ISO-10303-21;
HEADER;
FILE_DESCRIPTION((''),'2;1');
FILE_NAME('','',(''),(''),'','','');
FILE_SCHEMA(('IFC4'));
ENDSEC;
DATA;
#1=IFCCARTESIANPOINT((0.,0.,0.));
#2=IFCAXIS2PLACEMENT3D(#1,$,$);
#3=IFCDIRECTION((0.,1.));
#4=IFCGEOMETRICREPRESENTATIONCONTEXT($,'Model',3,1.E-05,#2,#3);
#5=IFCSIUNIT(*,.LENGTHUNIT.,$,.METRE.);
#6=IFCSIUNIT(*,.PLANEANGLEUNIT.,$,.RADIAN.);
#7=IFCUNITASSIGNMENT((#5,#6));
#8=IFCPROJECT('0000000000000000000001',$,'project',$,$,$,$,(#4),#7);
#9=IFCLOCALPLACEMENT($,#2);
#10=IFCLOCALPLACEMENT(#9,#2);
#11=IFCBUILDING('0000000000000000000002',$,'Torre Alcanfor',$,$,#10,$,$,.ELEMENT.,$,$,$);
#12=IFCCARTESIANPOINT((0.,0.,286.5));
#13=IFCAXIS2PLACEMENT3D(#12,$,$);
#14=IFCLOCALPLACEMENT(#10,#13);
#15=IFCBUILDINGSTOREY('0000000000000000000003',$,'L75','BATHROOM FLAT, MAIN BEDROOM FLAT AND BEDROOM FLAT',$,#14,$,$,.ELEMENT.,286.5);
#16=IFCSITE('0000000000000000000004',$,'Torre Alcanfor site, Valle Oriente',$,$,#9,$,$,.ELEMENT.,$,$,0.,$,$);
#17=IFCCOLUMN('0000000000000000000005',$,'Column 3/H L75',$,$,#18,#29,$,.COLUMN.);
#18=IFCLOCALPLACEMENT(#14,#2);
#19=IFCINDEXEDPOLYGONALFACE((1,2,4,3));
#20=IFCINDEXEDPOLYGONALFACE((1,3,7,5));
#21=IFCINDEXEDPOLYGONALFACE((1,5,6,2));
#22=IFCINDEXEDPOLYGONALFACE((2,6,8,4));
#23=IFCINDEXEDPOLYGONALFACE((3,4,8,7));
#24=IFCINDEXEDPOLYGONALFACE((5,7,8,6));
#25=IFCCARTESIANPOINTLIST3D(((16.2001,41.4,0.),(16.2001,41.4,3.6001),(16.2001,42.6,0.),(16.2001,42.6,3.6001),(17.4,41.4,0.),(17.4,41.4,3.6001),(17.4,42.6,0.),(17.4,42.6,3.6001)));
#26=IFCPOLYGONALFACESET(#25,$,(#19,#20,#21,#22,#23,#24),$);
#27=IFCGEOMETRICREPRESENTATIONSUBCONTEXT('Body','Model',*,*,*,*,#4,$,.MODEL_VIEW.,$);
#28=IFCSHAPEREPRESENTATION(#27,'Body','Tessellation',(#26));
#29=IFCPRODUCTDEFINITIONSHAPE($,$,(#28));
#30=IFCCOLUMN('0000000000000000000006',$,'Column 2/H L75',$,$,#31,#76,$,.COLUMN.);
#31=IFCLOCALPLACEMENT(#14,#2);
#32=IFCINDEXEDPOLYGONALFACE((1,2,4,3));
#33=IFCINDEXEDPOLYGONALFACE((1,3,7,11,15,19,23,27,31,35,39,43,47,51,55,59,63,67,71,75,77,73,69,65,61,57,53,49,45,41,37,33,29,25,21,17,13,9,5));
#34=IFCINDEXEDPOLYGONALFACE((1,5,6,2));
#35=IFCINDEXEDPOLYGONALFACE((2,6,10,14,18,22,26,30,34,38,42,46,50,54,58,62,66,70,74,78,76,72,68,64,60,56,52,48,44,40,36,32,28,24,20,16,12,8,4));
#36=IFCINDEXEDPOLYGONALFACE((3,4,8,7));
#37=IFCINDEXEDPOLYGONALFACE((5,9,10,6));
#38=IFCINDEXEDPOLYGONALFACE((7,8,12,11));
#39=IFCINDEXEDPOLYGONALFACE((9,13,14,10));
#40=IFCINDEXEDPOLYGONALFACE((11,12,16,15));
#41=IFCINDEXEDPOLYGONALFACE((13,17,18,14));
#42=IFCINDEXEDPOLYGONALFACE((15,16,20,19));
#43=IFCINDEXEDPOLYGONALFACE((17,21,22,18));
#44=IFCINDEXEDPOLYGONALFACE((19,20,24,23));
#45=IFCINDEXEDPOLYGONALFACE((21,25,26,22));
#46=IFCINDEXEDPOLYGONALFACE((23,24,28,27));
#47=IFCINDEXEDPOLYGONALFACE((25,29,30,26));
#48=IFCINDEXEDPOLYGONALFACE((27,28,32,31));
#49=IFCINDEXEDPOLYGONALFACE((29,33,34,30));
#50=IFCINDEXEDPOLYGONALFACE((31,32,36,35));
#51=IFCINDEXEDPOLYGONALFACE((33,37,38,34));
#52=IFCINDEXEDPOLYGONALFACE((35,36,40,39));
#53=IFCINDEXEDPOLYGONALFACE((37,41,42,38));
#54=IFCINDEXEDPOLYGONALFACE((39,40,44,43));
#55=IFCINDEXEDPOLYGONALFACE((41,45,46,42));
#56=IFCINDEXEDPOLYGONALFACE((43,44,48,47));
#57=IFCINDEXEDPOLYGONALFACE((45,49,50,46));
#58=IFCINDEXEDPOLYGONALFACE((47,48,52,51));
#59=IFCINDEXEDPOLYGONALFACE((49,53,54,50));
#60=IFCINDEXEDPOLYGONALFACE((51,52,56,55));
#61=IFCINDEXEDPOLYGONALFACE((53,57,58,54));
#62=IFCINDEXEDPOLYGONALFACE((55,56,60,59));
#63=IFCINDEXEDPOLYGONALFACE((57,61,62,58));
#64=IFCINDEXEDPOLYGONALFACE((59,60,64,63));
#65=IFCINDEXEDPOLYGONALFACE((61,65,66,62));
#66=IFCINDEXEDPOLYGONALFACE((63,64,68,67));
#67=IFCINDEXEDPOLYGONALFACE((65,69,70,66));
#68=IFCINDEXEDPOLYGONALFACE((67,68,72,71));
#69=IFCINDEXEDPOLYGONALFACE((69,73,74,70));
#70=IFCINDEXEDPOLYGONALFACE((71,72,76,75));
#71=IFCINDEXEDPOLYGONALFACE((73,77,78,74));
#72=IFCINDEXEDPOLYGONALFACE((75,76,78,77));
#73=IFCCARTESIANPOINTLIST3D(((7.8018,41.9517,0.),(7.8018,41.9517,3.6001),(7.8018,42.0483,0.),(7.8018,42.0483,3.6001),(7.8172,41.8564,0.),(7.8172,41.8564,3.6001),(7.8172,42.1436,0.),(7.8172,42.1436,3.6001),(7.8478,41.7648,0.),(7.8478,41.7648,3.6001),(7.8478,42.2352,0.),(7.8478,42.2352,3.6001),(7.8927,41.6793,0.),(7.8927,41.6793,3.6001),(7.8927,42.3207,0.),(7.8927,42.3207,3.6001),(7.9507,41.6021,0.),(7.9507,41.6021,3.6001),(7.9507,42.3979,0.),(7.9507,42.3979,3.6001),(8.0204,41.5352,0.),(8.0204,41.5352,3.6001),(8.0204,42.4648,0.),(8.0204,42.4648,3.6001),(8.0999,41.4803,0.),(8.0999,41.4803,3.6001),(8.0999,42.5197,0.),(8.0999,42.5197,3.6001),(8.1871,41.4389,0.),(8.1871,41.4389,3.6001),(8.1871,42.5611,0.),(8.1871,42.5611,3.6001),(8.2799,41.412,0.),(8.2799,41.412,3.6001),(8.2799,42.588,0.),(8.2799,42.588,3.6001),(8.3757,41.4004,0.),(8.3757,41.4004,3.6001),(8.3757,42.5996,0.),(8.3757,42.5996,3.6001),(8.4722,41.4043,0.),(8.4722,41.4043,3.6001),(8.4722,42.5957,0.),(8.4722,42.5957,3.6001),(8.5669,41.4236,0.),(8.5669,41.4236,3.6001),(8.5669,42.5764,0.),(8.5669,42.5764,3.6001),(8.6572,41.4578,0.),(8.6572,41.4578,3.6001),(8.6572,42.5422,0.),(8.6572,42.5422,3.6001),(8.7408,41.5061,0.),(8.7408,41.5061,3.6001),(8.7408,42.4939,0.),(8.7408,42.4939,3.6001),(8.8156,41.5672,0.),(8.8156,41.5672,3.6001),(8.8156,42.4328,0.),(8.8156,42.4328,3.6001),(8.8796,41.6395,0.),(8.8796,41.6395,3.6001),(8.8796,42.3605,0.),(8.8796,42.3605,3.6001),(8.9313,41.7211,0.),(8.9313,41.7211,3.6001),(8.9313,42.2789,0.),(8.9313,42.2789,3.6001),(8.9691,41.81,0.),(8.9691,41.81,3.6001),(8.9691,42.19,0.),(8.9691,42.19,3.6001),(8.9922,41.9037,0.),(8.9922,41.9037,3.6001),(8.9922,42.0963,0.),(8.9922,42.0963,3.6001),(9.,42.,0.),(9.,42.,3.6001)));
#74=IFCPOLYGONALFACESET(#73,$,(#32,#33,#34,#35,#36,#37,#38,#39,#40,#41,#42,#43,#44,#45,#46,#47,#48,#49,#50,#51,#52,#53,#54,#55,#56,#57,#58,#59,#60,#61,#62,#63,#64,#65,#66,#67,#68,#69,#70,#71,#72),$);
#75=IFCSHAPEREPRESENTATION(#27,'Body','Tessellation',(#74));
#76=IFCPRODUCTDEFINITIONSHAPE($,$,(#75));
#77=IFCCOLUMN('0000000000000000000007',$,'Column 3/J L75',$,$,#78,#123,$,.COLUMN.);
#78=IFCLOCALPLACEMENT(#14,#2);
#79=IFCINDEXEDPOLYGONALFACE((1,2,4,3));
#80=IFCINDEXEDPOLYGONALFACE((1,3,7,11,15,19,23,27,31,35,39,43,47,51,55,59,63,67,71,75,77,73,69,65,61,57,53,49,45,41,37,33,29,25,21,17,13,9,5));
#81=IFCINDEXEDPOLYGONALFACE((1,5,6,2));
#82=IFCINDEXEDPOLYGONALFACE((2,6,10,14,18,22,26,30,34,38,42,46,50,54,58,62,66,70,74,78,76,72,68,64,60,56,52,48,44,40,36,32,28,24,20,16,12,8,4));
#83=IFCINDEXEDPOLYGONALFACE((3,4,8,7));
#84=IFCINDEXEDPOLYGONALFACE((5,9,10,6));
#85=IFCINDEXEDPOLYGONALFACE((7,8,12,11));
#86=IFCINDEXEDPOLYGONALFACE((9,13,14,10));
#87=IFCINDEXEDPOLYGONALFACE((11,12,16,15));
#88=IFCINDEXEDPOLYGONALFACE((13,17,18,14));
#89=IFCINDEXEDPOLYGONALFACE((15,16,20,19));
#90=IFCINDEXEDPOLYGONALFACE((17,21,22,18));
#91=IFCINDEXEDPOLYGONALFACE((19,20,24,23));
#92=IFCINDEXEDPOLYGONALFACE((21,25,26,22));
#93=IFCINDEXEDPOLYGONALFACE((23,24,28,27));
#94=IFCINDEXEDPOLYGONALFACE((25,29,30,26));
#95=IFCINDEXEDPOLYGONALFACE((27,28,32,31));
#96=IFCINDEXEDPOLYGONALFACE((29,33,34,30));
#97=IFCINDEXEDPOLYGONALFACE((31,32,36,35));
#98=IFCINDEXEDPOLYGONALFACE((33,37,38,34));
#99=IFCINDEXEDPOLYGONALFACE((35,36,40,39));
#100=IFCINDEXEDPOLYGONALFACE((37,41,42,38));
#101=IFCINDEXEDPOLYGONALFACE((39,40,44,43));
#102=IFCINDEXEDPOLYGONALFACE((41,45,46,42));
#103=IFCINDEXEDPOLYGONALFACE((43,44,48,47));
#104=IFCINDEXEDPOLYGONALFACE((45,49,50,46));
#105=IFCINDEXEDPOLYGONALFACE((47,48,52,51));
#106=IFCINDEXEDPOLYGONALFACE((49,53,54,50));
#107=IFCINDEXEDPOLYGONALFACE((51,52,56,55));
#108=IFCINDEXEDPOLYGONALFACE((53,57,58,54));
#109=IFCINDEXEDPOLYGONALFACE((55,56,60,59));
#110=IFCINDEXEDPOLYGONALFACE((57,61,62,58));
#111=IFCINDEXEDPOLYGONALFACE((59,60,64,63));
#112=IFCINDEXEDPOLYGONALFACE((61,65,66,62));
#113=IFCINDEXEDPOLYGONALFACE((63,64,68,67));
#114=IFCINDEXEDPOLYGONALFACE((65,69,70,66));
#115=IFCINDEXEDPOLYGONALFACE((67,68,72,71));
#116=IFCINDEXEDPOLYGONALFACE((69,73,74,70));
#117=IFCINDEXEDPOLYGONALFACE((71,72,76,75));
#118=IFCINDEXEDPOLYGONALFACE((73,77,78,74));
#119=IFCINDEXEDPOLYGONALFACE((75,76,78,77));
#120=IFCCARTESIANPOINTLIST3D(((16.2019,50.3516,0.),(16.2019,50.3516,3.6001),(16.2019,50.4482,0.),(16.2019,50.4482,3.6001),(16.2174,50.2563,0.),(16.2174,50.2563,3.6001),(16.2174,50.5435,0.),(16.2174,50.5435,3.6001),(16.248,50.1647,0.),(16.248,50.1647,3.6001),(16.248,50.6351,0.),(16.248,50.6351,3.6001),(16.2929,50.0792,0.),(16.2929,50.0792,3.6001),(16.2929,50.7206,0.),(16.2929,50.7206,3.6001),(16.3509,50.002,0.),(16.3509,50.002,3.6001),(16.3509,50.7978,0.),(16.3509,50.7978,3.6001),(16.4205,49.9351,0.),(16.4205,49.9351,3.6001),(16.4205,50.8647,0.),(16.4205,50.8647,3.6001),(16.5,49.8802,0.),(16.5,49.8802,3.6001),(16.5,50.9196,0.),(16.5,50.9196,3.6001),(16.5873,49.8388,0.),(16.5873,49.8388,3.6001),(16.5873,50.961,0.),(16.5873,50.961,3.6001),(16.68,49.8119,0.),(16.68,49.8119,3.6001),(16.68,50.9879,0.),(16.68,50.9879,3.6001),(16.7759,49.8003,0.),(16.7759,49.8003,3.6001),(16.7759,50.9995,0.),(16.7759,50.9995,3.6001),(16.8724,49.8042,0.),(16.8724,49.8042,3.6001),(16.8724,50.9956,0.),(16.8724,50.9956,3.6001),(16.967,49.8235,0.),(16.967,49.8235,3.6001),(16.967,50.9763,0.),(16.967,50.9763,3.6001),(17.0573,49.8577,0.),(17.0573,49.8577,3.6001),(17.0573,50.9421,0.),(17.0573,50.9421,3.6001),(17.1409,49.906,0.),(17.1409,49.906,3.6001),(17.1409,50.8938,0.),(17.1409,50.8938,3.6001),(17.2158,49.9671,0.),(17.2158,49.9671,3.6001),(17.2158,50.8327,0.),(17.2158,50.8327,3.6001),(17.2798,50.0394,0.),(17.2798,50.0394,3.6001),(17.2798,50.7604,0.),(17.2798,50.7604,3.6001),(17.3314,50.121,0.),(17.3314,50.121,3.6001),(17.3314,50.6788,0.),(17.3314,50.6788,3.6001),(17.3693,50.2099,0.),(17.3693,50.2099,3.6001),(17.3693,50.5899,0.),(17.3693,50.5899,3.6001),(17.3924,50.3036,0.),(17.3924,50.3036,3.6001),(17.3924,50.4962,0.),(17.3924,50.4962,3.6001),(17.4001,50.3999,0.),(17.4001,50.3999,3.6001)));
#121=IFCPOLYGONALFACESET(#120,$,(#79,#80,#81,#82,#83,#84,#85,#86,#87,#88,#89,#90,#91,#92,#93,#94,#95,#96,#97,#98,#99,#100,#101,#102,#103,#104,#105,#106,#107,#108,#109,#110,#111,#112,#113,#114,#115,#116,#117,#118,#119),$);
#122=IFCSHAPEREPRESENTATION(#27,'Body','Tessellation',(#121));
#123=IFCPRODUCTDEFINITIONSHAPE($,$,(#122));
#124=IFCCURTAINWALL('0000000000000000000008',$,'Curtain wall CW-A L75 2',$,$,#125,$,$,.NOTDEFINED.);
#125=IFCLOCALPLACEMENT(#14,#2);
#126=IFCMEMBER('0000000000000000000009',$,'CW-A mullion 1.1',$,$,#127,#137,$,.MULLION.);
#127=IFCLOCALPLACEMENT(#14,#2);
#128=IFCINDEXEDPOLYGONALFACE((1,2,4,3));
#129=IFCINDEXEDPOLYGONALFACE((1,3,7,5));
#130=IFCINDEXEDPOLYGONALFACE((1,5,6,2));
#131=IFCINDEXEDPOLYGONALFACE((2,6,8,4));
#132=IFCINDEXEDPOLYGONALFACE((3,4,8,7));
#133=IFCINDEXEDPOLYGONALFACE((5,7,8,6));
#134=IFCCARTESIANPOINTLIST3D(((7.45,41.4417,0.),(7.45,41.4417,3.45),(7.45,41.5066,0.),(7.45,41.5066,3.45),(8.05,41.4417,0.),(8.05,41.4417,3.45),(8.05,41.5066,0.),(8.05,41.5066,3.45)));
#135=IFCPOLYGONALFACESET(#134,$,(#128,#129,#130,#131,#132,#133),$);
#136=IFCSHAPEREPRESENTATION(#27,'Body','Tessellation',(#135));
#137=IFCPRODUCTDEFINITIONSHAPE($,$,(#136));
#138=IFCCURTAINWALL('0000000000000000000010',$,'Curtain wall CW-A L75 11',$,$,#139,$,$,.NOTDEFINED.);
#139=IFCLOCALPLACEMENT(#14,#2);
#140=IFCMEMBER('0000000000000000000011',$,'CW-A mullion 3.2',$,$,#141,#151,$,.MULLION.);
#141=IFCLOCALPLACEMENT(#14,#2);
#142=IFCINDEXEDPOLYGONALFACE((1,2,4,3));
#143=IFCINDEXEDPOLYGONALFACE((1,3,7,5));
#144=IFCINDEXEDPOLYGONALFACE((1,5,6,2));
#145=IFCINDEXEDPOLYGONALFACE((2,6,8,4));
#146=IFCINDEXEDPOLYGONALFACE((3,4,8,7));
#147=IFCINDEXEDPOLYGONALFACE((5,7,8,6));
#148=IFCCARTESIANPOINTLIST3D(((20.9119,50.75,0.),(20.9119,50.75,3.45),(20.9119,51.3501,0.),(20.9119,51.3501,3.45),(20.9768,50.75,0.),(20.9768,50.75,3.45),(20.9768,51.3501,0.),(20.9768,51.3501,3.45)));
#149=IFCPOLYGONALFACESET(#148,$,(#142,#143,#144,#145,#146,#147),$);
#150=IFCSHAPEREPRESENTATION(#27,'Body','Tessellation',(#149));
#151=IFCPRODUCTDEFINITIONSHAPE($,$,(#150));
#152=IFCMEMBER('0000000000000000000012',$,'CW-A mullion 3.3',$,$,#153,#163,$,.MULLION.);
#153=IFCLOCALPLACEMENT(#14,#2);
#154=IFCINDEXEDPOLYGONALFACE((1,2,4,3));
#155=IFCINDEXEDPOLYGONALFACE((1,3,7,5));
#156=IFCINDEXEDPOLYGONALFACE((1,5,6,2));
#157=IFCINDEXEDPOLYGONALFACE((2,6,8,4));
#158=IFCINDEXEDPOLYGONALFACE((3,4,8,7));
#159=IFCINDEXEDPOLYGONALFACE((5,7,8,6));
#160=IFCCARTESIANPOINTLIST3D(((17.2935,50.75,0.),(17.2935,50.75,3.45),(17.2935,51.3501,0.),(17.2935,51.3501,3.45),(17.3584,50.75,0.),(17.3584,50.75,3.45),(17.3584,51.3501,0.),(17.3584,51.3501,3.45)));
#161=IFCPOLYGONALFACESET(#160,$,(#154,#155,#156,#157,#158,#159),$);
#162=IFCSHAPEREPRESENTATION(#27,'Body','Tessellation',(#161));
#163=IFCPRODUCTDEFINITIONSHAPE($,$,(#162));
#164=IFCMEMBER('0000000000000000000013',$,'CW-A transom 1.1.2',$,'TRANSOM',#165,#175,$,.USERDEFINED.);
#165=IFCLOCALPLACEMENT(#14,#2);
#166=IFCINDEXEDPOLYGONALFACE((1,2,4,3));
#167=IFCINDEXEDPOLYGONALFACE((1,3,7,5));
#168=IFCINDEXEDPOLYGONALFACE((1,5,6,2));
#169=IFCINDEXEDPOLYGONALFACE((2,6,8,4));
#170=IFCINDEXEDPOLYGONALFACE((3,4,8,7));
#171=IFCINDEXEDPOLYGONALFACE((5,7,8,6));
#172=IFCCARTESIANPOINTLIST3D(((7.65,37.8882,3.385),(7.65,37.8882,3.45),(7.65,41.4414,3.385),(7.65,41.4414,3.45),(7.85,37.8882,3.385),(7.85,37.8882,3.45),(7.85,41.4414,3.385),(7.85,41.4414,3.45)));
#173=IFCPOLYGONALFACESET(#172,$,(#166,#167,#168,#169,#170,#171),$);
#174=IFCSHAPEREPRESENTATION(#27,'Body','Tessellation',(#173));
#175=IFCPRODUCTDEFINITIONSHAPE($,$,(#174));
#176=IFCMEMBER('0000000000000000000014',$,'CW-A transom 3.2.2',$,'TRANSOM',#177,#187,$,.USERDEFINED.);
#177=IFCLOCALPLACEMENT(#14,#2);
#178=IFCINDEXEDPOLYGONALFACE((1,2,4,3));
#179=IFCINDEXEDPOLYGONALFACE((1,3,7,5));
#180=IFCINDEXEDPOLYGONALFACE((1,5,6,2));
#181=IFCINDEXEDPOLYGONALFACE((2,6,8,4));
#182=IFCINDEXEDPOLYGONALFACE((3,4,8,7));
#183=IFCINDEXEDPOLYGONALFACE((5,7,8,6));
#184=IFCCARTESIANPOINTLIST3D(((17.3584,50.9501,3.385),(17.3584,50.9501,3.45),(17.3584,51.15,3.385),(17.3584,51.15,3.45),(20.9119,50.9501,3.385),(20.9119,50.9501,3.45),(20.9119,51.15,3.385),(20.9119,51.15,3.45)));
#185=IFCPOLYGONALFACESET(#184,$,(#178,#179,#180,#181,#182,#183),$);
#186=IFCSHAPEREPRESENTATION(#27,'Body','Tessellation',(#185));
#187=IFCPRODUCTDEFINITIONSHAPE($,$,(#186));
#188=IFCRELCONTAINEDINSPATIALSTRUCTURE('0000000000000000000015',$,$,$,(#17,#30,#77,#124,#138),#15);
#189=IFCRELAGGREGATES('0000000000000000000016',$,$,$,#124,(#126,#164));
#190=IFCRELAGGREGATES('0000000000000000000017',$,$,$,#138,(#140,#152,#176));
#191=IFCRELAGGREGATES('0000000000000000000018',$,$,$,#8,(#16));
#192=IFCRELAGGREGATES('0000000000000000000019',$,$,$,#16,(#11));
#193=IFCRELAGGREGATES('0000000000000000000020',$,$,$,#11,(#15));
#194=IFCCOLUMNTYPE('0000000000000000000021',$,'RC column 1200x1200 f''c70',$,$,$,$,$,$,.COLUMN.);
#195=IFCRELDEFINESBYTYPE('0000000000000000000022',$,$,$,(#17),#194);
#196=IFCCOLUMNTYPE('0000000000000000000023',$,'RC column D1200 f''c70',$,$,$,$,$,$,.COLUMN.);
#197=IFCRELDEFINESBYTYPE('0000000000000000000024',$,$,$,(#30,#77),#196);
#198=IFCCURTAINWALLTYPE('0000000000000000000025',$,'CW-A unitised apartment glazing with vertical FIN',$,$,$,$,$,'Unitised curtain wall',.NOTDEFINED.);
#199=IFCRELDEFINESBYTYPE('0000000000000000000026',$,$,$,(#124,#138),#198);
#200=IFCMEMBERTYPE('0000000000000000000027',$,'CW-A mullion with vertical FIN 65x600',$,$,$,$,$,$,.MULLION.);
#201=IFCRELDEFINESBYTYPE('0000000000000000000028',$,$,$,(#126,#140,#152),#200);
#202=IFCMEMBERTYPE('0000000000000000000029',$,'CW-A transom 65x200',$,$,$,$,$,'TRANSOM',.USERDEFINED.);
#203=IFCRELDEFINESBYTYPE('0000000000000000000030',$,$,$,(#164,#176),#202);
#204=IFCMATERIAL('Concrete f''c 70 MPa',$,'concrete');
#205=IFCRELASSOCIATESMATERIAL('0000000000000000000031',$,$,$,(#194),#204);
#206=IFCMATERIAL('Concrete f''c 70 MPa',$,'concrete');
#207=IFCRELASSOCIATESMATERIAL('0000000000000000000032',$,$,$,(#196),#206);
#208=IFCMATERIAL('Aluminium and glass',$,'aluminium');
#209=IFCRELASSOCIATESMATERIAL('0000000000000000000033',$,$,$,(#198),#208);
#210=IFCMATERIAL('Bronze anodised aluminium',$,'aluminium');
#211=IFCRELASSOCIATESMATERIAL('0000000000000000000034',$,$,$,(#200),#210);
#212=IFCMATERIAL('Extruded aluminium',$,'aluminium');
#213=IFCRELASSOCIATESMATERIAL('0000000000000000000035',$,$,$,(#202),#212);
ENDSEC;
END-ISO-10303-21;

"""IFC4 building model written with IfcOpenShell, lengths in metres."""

from ifc_helpers import new_model, si_unit, direction, frame, origin, origin_2d, place, context, subcontext, project, spatial, rectangle, circle, extrude, material, material_profile, profile_set, type_object, element, aggregate, save


model = new_model("IFC4")

# Units and contexts
model_context = context("Model", 3, precision=1e-05, world=origin(), true_north=direction((0.0, 1.0)))
body_context = subcontext(model_context, "Body", "Model", "MODEL_VIEW")
ifc_project = project(units=[si_unit("LENGTHUNIT", "METRE"), si_unit("PLANEANGLEUNIT", "RADIAN")], contexts=[model_context])

# Site, building, storey
site_placement = place(None, origin())
site = spatial("IfcSite", under=ifc_project, at=site_placement, Name="Torre Alcanfor site, Valle Oriente", CompositionType="ELEMENT", RefElevation=0.0)
building_placement = place(site_placement, origin())
building = spatial("IfcBuilding", under=site, at=building_placement, Name="Torre Alcanfor", CompositionType="ELEMENT")
storey_placement = place(building_placement, frame((0.0, 0.0, 286.5)))
storey = spatial("IfcBuildingStorey", under=building, at=storey_placement, Name="L75", Description="BATHROOM FLAT, MAIN BEDROOM FLAT AND BEDROOM FLAT", CompositionType="ELEMENT", Elevation=286.5)

# Columns
ifc_material_1 = material(Name="Concrete f'c 70 MPa", Category="concrete")
ifc_material_profile_1 = material_profile(ifc_material_1, rectangle(XDim=1.2, YDim=1.2, at=origin_2d()), Name="1200x1200")
ifc_profile_set_1 = profile_set([ifc_material_profile_1], Name="Concrete f'c 70 MPa")
column_type_1 = type_object("IfcColumnType", Name="RC column 1200x1200 f'c70", PredefinedType="COLUMN", material=ifc_profile_set_1)
column_placement = place(storey_placement, frame((16.8, 42.0, 0.0), z_axis=(0.0, 0.0, 1.0), x_axis=(1.0, 0.0, 0.0)))
element("IfcColumn", 1, at=column_placement, inside=storey, type_object=column_type_1, Name="Column 3/H L75", PredefinedType="COLUMN", context=body_context, shape_type="SweptSolid", body=[
    extrude(rectangle(XDim=1.2, YDim=1.2, at=origin_2d()), origin(), (0.0, 0.0, 1.0), 3.6001),
])
ifc_material_2 = material(Name="Concrete f'c 70 MPa", Category="concrete")
ifc_material_profile_2 = material_profile(ifc_material_2, circle(Radius=0.6001, at=origin_2d()), Name="D1200")
ifc_profile_set_2 = profile_set([ifc_material_profile_2], Name="Concrete f'c 70 MPa")
column_type_2 = type_object("IfcColumnType", Name="RC column D1200 f'c70", PredefinedType="COLUMN", material=ifc_profile_set_2)
for number, where, z_axis, x_axis, name in (
    (2, (8.3999, 42.0, 0.0), (0.0, 0.0, 1.0), (1.0, 0.0, 0.0), "Column 2/H L75"),
    (3, (16.8, 50.3999, 0.0), (0.0, 0.0, 1.0), (1.0, 0.0, 0.0), "Column 3/J L75"),
):
    element("IfcColumn", number, at=place(storey_placement, frame(where, z_axis=z_axis, x_axis=x_axis)), inside=storey, type_object=column_type_2, Name=name, PredefinedType="COLUMN", context=body_context, shape_type="SweptSolid", body=[
        extrude(circle(Radius=0.6001, at=origin_2d()), origin(), (0.0, 0.0, 1.0), 3.6001),
    ])

# Curtain wall, member
ifc_material_3 = material(Name="Aluminium and glass", Category="aluminium")
curtain_wall_type = type_object("IfcCurtainWallType", Name="CW-A unitised apartment glazing with vertical FIN", ElementType="Unitised curtain wall", PredefinedType="NOTDEFINED", material=ifc_material_3)
curtain_wall_1_placement = place(storey_placement, origin())
curtain_wall_1 = element("IfcCurtainWall", 4, at=curtain_wall_1_placement, inside=storey, type_object=curtain_wall_type, Name="Curtain wall CW-A L75 2", PredefinedType="NOTDEFINED")
ifc_material_4 = material(Name="Bronze anodised aluminium", Category="aluminium")
ifc_material_profile_3 = material_profile(ifc_material_4, rectangle(XDim=0.6001, YDim=0.0649, at=origin_2d()), Name="CW-A mullion 65x600")
ifc_profile_set_3 = profile_set([ifc_material_profile_3], Name="Bronze anodised aluminium")
member_type_1 = type_object("IfcMemberType", Name="CW-A mullion with vertical FIN 65x600", PredefinedType="MULLION", material=ifc_profile_set_3)
member_1_placement = place(storey_placement, frame((7.75, 41.4741, 0.0), z_axis=(0.0, 0.0, 1.0), x_axis=(1.0, 0.0, 0.0)))
member_1 = element("IfcMember", 5, at=member_1_placement, type_object=member_type_1, Name="CW-A mullion 1.1", PredefinedType="MULLION", context=body_context, shape_type="SweptSolid", body=[
    extrude(rectangle(XDim=0.6001, YDim=0.0649, at=origin_2d()), origin(), (0.0, 0.0, 1.0), 3.45),
])

# Curtain wall, members
curtain_wall_2_placement = place(storey_placement, origin())
curtain_wall_2 = element("IfcCurtainWall", 6, at=curtain_wall_2_placement, inside=storey, type_object=curtain_wall_type, Name="Curtain wall CW-A L75 11", PredefinedType="NOTDEFINED")
member_2_placement = place(storey_placement, frame((20.9443, 51.05, 0.0), z_axis=(0.0, 0.0, 1.0), x_axis=(0.0, -1.0, 0.0)))
member_2 = element("IfcMember", 7, at=member_2_placement, type_object=member_type_1, Name="CW-A mullion 3.2", PredefinedType="MULLION", context=body_context, shape_type="SweptSolid", body=[
    extrude(rectangle(XDim=0.6001, YDim=0.0649, at=origin_2d()), origin(), (0.0, 0.0, 1.0), 3.45),
])
member_3_placement = place(storey_placement, frame((17.3259, 51.05, 0.0), z_axis=(0.0, 0.0, 1.0), x_axis=(0.0, -1.0, 0.0)))
member_3 = element("IfcMember", 8, at=member_3_placement, type_object=member_type_1, Name="CW-A mullion 3.3", PredefinedType="MULLION", context=body_context, shape_type="SweptSolid", body=[
    extrude(rectangle(XDim=0.6001, YDim=0.0649, at=origin_2d()), origin(), (0.0, 0.0, 1.0), 3.45),
])

# Members
ifc_material_5 = material(Name="Extruded aluminium", Category="aluminium")
ifc_material_profile_4 = material_profile(ifc_material_5, rectangle(XDim=0.2, YDim=0.0649, at=origin_2d()), Name="CW-A transom 200x65")
ifc_profile_set_4 = profile_set([ifc_material_profile_4], Name="Extruded aluminium")
member_type_2 = type_object("IfcMemberType", Name="CW-A transom 65x200", ElementType="TRANSOM", PredefinedType="USERDEFINED", material=ifc_profile_set_4)
member_4_placement = place(storey_placement, frame((7.75, 41.4414, 3.4175), z_axis=(0.0, -1.0, 0.0), x_axis=(1.0, 0.0, 0.0)))
member_4 = element("IfcMember", 9, at=member_4_placement, type_object=member_type_2, Name="CW-A transom 1.1.2", ObjectType="TRANSOM", PredefinedType="USERDEFINED", context=body_context, shape_type="SweptSolid", body=[
    extrude(rectangle(XDim=0.2, YDim=0.0649, at=origin_2d()), origin(), (0.0, 0.0, 1.0), 3.5532),
])
member_5_placement = place(storey_placement, frame((20.9119, 51.05, 3.4175), z_axis=(-1.0, 0.0, 0.0), x_axis=(0.0, -1.0, 0.0)))
member_5 = element("IfcMember", 10, at=member_5_placement, type_object=member_type_2, Name="CW-A transom 3.2.2", ObjectType="TRANSOM", PredefinedType="USERDEFINED", context=body_context, shape_type="SweptSolid", body=[
    extrude(rectangle(XDim=0.2, YDim=0.0649, at=origin_2d()), origin(), (0.0, 0.0, 1.0), 3.5535),
])

aggregate(curtain_wall_1, [member_1, member_4])
aggregate(curtain_wall_2, [member_2, member_3, member_5])

save(model, "model.ifc")
